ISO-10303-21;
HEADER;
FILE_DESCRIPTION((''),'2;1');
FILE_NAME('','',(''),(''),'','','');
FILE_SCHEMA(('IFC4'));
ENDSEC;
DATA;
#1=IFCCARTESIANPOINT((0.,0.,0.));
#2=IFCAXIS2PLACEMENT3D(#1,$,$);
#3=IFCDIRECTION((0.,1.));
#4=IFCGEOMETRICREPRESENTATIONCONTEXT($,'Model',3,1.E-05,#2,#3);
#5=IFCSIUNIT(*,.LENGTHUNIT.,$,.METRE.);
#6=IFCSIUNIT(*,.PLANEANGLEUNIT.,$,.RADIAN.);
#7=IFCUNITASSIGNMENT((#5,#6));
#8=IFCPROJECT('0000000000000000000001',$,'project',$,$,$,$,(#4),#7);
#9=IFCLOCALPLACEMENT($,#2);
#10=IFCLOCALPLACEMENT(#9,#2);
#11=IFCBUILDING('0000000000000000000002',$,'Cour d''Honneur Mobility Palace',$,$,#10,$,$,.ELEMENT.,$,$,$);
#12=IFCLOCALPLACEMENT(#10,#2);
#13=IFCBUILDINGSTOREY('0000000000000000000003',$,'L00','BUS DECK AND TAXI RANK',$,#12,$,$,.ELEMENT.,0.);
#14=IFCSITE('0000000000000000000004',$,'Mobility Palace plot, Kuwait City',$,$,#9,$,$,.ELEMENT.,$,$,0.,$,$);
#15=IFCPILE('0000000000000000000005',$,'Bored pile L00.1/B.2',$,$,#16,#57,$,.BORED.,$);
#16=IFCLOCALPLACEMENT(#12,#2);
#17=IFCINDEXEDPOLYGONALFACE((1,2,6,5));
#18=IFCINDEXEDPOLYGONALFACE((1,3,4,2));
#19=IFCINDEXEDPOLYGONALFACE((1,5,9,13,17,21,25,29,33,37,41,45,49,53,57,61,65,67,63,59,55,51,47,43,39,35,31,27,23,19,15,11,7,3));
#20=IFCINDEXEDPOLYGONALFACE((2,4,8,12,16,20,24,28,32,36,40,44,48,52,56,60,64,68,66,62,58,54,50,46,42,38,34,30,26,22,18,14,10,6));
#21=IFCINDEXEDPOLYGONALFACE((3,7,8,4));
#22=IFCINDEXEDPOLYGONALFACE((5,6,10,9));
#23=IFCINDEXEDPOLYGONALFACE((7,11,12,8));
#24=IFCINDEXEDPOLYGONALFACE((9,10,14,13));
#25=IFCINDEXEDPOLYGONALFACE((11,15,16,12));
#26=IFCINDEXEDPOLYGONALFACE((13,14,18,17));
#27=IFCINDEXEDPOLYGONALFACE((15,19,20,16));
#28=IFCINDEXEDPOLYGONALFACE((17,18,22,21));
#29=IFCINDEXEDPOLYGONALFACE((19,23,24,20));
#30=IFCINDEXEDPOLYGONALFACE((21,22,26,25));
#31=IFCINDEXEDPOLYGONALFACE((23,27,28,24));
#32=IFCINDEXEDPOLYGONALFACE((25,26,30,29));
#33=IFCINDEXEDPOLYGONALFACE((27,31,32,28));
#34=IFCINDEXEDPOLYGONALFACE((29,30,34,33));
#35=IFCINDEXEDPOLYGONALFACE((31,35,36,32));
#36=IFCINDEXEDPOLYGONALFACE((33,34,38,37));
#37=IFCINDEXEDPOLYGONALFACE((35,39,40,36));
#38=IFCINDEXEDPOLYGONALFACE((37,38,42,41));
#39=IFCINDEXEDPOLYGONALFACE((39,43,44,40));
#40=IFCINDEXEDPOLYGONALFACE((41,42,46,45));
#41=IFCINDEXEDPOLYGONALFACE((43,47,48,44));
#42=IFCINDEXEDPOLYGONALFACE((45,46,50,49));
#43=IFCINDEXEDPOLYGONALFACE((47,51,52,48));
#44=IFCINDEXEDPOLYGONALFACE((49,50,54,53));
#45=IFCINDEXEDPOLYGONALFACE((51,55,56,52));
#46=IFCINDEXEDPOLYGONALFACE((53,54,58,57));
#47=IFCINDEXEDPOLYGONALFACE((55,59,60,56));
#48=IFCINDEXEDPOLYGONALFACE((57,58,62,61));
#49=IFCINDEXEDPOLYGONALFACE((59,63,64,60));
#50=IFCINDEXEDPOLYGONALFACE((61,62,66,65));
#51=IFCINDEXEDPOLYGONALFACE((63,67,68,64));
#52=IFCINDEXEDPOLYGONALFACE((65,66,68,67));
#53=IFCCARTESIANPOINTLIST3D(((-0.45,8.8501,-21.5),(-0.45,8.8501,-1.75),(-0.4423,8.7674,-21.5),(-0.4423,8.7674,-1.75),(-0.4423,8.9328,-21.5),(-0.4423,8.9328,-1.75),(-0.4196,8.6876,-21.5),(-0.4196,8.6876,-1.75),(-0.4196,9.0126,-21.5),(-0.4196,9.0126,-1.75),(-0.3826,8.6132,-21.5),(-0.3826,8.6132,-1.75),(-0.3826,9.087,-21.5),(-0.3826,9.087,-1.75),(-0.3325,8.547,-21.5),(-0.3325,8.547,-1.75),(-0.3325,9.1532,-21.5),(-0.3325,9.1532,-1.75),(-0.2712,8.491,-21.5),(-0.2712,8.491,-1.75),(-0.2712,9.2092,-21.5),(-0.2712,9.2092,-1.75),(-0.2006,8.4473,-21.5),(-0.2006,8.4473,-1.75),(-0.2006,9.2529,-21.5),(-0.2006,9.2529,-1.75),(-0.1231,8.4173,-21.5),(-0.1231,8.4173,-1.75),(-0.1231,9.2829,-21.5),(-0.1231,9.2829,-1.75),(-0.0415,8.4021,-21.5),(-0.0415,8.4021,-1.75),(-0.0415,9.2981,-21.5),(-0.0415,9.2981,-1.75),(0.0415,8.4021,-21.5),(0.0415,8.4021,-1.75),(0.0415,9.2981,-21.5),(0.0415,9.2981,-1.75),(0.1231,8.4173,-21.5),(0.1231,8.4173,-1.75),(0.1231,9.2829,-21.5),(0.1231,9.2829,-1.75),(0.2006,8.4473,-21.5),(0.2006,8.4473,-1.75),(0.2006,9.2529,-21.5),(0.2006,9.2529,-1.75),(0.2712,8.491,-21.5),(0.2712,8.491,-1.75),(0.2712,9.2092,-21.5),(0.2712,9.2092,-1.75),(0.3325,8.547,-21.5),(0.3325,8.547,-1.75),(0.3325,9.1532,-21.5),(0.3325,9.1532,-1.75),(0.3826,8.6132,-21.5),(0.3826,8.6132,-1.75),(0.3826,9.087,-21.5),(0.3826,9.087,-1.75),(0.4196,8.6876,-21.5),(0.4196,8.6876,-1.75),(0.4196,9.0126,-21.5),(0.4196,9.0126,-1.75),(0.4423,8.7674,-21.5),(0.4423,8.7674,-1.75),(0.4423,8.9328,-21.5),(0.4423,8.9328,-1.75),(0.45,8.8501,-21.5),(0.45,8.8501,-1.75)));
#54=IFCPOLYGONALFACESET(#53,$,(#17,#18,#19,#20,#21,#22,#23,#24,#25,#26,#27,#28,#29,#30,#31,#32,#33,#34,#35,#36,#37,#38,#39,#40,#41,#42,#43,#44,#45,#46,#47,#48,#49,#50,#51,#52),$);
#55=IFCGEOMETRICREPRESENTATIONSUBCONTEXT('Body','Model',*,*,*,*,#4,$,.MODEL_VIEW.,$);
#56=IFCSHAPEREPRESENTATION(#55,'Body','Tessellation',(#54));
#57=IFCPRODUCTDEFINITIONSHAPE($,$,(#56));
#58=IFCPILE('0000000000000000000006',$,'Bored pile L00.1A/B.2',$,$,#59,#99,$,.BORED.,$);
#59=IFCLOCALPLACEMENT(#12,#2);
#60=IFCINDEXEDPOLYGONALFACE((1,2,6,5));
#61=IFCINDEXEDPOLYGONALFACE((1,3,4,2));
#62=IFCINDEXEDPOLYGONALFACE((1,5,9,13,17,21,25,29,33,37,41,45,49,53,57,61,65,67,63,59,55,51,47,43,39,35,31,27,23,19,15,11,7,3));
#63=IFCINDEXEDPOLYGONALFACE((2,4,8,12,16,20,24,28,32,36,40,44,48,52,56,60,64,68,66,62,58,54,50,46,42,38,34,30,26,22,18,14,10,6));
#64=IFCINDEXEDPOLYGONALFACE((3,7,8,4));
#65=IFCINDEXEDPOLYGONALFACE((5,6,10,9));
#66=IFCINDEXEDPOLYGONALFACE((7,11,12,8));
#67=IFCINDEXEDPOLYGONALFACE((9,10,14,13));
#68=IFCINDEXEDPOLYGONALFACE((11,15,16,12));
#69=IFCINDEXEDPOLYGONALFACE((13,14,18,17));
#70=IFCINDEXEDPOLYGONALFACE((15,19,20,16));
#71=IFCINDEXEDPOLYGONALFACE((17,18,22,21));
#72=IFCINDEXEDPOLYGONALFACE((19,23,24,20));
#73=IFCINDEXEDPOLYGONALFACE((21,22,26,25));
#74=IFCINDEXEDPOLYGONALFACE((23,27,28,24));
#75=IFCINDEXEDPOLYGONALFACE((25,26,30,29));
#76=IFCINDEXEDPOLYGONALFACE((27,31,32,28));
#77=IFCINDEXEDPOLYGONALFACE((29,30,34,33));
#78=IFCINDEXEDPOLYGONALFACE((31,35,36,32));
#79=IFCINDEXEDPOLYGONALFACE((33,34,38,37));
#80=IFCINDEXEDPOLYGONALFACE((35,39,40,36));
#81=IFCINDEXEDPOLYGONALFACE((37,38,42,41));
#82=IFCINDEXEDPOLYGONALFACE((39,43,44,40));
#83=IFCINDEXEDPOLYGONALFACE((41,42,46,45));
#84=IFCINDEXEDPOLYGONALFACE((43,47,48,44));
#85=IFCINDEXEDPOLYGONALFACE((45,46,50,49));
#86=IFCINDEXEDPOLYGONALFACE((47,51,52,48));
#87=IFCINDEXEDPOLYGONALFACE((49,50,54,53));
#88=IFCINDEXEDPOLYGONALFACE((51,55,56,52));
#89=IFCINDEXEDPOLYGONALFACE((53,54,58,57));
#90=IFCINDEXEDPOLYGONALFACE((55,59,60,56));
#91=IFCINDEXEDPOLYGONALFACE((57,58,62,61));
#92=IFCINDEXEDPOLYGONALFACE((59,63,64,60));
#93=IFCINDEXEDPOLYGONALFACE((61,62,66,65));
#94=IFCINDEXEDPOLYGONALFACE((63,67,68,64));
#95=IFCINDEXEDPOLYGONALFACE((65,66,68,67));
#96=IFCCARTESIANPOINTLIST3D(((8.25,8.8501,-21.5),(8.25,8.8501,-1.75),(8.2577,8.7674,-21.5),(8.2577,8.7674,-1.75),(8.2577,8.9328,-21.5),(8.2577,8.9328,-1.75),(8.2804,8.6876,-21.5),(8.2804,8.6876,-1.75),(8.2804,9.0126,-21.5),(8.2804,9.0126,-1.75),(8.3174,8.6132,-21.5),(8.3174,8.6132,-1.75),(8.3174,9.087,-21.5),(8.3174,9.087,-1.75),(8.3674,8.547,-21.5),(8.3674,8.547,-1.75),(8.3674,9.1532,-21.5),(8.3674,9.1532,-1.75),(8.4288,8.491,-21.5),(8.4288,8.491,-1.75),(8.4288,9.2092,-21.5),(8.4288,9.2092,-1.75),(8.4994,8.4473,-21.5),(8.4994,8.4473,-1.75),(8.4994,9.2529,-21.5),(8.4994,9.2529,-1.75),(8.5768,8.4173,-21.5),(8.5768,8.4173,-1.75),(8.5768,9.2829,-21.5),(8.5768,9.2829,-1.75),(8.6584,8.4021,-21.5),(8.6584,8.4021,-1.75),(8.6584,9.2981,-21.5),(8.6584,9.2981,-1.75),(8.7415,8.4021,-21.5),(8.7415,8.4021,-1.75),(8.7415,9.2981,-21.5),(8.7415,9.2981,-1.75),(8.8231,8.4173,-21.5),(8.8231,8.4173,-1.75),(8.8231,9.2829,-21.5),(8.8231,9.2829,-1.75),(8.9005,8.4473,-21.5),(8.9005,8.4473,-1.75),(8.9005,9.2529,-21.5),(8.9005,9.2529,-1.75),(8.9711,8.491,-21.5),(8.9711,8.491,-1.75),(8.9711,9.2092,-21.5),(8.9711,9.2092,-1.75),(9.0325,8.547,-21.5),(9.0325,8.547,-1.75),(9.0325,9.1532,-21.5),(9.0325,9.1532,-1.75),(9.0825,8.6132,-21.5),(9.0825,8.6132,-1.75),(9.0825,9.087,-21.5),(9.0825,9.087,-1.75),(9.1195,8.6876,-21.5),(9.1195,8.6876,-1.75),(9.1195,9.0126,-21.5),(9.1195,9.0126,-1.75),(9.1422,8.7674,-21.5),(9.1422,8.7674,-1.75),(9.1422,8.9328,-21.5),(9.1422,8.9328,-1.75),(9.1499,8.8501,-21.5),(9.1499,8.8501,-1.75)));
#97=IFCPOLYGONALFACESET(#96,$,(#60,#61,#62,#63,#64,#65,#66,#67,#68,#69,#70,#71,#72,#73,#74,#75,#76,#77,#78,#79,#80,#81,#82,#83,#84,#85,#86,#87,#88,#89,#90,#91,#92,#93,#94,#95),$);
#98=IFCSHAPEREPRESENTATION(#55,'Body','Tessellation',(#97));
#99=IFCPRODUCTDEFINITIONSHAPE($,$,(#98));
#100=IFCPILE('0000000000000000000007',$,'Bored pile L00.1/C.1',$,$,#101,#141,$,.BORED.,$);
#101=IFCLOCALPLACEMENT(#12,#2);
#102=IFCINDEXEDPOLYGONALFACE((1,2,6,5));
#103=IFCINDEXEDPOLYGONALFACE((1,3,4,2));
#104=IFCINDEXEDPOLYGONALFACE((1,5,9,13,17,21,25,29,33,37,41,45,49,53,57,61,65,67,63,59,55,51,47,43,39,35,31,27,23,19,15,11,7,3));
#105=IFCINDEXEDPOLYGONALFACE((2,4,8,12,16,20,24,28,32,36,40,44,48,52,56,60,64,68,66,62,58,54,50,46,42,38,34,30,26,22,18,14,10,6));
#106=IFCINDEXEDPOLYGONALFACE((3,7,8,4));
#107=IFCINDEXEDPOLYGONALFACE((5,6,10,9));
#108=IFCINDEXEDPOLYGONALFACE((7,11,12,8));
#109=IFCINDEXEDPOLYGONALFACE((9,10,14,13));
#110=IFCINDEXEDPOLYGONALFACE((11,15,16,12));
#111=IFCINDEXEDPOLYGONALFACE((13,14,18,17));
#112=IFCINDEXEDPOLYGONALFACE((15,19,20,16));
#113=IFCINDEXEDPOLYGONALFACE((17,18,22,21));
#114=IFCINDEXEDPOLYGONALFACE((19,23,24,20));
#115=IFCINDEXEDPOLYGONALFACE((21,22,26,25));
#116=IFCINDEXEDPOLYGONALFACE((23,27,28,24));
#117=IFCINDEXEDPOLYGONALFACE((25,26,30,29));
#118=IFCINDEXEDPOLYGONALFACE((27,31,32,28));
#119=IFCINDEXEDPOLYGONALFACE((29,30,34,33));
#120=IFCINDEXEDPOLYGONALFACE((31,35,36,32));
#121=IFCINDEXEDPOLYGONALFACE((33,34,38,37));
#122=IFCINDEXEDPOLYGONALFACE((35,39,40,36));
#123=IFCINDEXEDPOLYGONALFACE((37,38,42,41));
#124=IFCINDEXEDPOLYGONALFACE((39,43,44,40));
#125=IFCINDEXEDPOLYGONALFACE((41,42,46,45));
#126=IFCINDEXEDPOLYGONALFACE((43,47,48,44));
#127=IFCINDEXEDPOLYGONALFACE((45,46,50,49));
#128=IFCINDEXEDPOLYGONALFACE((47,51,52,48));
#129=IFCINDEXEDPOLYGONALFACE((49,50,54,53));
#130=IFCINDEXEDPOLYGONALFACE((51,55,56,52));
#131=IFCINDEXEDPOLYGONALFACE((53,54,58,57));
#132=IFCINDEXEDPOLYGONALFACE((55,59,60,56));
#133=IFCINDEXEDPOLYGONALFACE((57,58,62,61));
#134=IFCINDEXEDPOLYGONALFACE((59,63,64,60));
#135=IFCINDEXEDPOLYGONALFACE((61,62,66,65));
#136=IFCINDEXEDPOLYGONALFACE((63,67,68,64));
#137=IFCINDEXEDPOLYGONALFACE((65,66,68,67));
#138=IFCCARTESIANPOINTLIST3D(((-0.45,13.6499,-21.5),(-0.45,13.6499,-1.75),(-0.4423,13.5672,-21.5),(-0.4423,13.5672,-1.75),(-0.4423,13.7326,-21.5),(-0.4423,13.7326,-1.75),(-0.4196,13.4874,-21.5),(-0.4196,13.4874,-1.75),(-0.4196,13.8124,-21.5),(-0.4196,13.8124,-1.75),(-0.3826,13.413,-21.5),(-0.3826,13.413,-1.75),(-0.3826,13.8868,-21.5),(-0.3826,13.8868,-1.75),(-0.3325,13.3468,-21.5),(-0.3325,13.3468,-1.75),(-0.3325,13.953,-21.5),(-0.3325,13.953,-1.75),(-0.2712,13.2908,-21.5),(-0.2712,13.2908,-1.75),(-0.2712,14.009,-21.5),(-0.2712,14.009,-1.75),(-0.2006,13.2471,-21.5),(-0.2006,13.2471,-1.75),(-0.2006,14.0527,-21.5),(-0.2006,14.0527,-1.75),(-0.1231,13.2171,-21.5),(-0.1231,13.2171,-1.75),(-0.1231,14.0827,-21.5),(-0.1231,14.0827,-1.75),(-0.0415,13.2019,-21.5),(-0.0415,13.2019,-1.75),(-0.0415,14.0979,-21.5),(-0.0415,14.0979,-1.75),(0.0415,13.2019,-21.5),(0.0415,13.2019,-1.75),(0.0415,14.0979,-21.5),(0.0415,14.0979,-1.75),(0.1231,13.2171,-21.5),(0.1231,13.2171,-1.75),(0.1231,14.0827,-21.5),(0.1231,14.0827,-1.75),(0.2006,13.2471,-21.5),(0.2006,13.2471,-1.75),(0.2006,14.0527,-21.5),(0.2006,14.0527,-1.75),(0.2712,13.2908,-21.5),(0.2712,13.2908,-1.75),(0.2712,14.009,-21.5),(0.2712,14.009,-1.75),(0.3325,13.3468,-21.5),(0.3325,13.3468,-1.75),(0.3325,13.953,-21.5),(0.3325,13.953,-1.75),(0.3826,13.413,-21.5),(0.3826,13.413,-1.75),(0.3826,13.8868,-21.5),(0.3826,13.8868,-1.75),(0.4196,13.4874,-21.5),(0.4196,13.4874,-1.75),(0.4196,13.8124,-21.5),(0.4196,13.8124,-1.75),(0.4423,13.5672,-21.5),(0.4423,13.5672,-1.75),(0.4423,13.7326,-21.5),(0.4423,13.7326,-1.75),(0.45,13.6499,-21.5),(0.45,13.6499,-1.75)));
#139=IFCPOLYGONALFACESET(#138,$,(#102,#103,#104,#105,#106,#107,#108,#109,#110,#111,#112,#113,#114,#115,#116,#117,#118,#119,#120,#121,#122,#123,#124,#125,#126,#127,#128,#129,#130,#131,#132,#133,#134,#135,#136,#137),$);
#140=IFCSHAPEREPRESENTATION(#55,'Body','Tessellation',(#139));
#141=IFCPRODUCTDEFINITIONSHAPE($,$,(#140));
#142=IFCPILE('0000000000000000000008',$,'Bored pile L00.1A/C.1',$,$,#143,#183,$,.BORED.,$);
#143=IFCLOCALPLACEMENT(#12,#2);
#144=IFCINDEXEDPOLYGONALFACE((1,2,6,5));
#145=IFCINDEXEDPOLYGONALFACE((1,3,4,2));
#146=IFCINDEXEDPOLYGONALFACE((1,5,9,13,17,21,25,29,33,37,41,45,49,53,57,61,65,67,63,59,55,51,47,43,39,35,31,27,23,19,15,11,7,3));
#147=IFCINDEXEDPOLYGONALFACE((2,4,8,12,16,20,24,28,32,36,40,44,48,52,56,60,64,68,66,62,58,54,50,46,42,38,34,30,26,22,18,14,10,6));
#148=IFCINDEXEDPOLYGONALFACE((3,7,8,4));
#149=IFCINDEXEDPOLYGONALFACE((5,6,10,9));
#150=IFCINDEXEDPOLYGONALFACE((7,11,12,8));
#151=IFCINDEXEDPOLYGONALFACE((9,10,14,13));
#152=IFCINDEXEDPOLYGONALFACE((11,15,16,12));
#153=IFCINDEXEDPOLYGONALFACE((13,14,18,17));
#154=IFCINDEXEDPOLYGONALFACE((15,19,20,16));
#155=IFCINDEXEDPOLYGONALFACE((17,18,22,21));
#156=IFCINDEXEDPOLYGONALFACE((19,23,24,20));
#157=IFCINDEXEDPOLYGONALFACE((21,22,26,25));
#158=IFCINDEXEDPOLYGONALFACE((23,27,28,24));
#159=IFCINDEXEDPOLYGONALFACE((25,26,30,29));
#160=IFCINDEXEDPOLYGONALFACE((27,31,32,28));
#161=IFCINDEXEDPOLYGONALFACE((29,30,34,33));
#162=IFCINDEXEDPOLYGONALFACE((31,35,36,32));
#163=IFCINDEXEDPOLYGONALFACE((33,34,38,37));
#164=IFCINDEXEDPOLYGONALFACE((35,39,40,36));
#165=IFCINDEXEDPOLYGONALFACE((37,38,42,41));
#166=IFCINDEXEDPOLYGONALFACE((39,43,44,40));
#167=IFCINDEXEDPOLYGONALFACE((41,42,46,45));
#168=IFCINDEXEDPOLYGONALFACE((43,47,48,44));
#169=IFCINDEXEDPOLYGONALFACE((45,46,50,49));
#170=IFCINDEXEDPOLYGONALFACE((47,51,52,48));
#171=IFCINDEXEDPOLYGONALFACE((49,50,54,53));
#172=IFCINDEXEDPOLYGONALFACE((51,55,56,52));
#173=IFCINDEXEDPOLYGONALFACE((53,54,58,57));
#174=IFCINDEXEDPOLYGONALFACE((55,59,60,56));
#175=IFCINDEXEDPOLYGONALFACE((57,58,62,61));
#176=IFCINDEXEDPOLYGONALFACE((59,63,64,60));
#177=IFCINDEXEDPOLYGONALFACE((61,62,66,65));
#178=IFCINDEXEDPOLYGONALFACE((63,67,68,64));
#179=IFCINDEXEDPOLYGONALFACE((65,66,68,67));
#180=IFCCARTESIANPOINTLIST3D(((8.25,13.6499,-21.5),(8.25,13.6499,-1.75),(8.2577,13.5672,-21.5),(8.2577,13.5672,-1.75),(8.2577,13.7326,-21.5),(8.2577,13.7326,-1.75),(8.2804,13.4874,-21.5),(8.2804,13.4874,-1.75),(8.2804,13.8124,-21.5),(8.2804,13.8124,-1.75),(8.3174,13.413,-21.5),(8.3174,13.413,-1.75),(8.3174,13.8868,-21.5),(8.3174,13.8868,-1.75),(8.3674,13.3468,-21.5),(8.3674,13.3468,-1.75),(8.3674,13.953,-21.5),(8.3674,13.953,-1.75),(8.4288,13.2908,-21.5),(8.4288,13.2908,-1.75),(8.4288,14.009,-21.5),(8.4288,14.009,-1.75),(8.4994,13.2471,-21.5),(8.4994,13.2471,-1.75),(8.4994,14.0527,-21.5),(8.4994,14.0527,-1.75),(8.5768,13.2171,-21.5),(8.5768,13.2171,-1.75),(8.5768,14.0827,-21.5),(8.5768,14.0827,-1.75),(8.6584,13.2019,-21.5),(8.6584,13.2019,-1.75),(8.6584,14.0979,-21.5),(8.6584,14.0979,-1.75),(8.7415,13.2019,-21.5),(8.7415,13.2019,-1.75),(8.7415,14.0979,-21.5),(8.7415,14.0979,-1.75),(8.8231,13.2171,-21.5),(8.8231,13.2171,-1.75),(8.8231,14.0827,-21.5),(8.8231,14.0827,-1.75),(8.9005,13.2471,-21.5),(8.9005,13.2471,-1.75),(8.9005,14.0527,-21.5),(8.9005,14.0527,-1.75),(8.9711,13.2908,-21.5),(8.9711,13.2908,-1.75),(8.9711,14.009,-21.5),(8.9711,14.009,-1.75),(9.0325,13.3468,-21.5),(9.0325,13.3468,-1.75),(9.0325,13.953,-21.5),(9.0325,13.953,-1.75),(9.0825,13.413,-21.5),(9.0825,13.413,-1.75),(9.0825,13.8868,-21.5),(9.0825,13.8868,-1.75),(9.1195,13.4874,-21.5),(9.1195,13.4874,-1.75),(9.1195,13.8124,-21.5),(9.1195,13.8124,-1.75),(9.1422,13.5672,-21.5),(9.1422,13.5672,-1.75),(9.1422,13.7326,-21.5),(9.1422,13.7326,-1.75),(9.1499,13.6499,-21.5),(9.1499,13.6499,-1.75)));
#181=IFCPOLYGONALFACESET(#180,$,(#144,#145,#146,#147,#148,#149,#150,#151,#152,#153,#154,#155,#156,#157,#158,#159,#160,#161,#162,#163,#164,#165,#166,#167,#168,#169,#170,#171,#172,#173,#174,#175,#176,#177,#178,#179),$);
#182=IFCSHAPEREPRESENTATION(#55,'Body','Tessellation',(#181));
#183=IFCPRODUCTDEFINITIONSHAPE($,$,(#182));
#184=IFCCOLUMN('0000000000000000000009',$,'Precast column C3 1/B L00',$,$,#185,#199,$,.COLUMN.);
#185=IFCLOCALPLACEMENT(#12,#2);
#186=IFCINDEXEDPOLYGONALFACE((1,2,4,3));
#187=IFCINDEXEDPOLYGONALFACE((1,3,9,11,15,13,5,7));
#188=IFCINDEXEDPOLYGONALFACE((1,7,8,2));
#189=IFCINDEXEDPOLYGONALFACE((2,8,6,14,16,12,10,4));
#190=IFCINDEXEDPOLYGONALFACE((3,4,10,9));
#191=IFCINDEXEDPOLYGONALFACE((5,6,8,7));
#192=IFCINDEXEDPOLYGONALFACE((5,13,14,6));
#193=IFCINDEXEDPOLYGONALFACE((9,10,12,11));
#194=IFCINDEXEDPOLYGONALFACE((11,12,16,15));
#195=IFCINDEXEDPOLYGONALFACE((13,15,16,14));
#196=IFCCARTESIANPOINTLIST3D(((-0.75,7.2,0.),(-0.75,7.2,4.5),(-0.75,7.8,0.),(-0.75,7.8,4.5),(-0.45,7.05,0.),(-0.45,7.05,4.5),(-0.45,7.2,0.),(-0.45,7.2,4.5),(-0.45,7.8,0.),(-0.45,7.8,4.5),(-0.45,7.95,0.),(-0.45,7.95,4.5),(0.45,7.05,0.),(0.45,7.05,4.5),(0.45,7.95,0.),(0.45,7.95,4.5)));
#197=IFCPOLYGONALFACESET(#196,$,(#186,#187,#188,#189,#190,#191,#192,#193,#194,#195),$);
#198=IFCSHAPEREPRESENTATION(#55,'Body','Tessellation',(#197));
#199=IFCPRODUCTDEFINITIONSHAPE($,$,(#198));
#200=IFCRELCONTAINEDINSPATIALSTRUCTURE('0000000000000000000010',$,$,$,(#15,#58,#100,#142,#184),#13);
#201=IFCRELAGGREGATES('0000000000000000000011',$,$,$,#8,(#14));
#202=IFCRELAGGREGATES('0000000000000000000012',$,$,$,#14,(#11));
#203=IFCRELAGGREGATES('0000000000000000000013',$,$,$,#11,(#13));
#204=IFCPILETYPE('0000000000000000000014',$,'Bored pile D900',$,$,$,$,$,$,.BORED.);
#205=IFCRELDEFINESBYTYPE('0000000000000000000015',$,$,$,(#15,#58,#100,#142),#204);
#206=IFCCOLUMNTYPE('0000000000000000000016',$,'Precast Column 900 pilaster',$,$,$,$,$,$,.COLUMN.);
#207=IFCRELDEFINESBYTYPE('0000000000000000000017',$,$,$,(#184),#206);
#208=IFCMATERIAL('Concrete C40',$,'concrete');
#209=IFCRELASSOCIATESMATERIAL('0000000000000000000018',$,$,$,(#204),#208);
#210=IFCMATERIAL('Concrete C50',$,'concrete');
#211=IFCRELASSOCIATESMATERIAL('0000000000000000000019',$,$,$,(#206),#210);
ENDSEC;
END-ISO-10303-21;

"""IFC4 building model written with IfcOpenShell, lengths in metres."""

from ifc_helpers import new_model, si_unit, direction, frame, origin, origin_2d, place, context, subcontext, project, spatial, polyline, circle, outline, extrude, material, material_profile, profile_set, type_object, element, save


model = new_model("IFC4")

# Units and contexts
model_context = context("Model", 3, precision=1e-05, world=origin(), true_north=direction((0.0, 1.0)))
body_context = subcontext(model_context, "Body", "Model", "MODEL_VIEW")
ifc_project = project(units=[si_unit("LENGTHUNIT", "METRE"), si_unit("PLANEANGLEUNIT", "RADIAN")], contexts=[model_context])

# Site, building, storey
site_placement = place(None, origin())
site = spatial("IfcSite", under=ifc_project, at=site_placement, Name="Mobility Palace plot, Kuwait City", CompositionType="ELEMENT", RefElevation=0.0)
building_placement = place(site_placement, origin())
building = spatial("IfcBuilding", under=site, at=building_placement, Name="Cour d'Honneur Mobility Palace", CompositionType="ELEMENT")
storey_placement = place(building_placement, origin())
storey = spatial("IfcBuildingStorey", under=building, at=storey_placement, Name="L00", Description="BUS DECK AND TAXI RANK", CompositionType="ELEMENT", Elevation=0.0)

# Piles
ifc_material_1 = material(Name="Concrete C40", Category="concrete")
ifc_material_profile_1 = material_profile(ifc_material_1, circle(Radius=0.45, at=origin_2d()), Name="Bored pile D900")
ifc_profile_set_1 = profile_set([ifc_material_profile_1], Name="Concrete C40")
pile_type = type_object("IfcPileType", Name="Bored pile D900", PredefinedType="BORED", material=ifc_profile_set_1)
for number, where, z_axis, x_axis, name in (
    (1, (0.0, 8.8501, -1.75), (0.0, 0.0, -1.0), (1.0, 0.0, 0.0), "Bored pile L00.1/B.2"),
    (2, (8.7, 8.8501, -1.75), (0.0, 0.0, -1.0), (1.0, 0.0, 0.0), "Bored pile L00.1A/B.2"),
    (3, (0.0, 13.6499, -1.75), (0.0, 0.0, -1.0), (1.0, 0.0, 0.0), "Bored pile L00.1/C.1"),
    (4, (8.7, 13.6499, -1.75), (0.0, 0.0, -1.0), (1.0, 0.0, 0.0), "Bored pile L00.1A/C.1"),
):
    element("IfcPile", number, at=place(storey_placement, frame(where, z_axis=z_axis, x_axis=x_axis)), inside=storey, type_object=pile_type, Name=name, PredefinedType="BORED", context=body_context, shape_type="SweptSolid", body=[
        extrude(circle(Radius=0.45, at=origin_2d()), origin(), (0.0, 0.0, 1.0), 19.75),
    ])

# Column
ifc_material_2 = material(Name="Concrete C50", Category="concrete")
ifc_material_profile_2 = material_profile(ifc_material_2, outline(polyline([(-0.45, -0.45), (0.45, -0.45), (0.45, -0.3), (0.75, -0.3), (0.75, 0.3), (0.45, 0.3), (0.45, 0.45), (-0.45, 0.45), (-0.45, -0.45)])), Name="PC C900 pilaster")
ifc_profile_set_2 = profile_set([ifc_material_profile_2], Name="Concrete C50")
column_type_1 = type_object("IfcColumnType", Name="Precast Column 900 pilaster", PredefinedType="COLUMN", material=ifc_profile_set_2)
for number, where, z_axis, x_axis, name in (
    (5, (0.0, 7.5, 0.0), (0.0, 0.0, 1.0), (-1.0, 0.0, 0.0), "Precast column C3 1/B L00"),
):
    element("IfcColumn", number, at=place(storey_placement, frame(where, z_axis=z_axis, x_axis=x_axis)), inside=storey, type_object=column_type_1, Name=name, PredefinedType="COLUMN", context=body_context, shape_type="SweptSolid", body=[
        extrude(outline(polyline([(-0.45, -0.45), (0.45, -0.45), (0.45, -0.3), (0.75, -0.3), (0.75, 0.3), (0.45, 0.3), (0.45, 0.45), (-0.45, 0.45), (-0.45, -0.45)])), origin(), (0.0, 0.0, 1.0), 4.5),
    ])

save(model, "model.ifc")
